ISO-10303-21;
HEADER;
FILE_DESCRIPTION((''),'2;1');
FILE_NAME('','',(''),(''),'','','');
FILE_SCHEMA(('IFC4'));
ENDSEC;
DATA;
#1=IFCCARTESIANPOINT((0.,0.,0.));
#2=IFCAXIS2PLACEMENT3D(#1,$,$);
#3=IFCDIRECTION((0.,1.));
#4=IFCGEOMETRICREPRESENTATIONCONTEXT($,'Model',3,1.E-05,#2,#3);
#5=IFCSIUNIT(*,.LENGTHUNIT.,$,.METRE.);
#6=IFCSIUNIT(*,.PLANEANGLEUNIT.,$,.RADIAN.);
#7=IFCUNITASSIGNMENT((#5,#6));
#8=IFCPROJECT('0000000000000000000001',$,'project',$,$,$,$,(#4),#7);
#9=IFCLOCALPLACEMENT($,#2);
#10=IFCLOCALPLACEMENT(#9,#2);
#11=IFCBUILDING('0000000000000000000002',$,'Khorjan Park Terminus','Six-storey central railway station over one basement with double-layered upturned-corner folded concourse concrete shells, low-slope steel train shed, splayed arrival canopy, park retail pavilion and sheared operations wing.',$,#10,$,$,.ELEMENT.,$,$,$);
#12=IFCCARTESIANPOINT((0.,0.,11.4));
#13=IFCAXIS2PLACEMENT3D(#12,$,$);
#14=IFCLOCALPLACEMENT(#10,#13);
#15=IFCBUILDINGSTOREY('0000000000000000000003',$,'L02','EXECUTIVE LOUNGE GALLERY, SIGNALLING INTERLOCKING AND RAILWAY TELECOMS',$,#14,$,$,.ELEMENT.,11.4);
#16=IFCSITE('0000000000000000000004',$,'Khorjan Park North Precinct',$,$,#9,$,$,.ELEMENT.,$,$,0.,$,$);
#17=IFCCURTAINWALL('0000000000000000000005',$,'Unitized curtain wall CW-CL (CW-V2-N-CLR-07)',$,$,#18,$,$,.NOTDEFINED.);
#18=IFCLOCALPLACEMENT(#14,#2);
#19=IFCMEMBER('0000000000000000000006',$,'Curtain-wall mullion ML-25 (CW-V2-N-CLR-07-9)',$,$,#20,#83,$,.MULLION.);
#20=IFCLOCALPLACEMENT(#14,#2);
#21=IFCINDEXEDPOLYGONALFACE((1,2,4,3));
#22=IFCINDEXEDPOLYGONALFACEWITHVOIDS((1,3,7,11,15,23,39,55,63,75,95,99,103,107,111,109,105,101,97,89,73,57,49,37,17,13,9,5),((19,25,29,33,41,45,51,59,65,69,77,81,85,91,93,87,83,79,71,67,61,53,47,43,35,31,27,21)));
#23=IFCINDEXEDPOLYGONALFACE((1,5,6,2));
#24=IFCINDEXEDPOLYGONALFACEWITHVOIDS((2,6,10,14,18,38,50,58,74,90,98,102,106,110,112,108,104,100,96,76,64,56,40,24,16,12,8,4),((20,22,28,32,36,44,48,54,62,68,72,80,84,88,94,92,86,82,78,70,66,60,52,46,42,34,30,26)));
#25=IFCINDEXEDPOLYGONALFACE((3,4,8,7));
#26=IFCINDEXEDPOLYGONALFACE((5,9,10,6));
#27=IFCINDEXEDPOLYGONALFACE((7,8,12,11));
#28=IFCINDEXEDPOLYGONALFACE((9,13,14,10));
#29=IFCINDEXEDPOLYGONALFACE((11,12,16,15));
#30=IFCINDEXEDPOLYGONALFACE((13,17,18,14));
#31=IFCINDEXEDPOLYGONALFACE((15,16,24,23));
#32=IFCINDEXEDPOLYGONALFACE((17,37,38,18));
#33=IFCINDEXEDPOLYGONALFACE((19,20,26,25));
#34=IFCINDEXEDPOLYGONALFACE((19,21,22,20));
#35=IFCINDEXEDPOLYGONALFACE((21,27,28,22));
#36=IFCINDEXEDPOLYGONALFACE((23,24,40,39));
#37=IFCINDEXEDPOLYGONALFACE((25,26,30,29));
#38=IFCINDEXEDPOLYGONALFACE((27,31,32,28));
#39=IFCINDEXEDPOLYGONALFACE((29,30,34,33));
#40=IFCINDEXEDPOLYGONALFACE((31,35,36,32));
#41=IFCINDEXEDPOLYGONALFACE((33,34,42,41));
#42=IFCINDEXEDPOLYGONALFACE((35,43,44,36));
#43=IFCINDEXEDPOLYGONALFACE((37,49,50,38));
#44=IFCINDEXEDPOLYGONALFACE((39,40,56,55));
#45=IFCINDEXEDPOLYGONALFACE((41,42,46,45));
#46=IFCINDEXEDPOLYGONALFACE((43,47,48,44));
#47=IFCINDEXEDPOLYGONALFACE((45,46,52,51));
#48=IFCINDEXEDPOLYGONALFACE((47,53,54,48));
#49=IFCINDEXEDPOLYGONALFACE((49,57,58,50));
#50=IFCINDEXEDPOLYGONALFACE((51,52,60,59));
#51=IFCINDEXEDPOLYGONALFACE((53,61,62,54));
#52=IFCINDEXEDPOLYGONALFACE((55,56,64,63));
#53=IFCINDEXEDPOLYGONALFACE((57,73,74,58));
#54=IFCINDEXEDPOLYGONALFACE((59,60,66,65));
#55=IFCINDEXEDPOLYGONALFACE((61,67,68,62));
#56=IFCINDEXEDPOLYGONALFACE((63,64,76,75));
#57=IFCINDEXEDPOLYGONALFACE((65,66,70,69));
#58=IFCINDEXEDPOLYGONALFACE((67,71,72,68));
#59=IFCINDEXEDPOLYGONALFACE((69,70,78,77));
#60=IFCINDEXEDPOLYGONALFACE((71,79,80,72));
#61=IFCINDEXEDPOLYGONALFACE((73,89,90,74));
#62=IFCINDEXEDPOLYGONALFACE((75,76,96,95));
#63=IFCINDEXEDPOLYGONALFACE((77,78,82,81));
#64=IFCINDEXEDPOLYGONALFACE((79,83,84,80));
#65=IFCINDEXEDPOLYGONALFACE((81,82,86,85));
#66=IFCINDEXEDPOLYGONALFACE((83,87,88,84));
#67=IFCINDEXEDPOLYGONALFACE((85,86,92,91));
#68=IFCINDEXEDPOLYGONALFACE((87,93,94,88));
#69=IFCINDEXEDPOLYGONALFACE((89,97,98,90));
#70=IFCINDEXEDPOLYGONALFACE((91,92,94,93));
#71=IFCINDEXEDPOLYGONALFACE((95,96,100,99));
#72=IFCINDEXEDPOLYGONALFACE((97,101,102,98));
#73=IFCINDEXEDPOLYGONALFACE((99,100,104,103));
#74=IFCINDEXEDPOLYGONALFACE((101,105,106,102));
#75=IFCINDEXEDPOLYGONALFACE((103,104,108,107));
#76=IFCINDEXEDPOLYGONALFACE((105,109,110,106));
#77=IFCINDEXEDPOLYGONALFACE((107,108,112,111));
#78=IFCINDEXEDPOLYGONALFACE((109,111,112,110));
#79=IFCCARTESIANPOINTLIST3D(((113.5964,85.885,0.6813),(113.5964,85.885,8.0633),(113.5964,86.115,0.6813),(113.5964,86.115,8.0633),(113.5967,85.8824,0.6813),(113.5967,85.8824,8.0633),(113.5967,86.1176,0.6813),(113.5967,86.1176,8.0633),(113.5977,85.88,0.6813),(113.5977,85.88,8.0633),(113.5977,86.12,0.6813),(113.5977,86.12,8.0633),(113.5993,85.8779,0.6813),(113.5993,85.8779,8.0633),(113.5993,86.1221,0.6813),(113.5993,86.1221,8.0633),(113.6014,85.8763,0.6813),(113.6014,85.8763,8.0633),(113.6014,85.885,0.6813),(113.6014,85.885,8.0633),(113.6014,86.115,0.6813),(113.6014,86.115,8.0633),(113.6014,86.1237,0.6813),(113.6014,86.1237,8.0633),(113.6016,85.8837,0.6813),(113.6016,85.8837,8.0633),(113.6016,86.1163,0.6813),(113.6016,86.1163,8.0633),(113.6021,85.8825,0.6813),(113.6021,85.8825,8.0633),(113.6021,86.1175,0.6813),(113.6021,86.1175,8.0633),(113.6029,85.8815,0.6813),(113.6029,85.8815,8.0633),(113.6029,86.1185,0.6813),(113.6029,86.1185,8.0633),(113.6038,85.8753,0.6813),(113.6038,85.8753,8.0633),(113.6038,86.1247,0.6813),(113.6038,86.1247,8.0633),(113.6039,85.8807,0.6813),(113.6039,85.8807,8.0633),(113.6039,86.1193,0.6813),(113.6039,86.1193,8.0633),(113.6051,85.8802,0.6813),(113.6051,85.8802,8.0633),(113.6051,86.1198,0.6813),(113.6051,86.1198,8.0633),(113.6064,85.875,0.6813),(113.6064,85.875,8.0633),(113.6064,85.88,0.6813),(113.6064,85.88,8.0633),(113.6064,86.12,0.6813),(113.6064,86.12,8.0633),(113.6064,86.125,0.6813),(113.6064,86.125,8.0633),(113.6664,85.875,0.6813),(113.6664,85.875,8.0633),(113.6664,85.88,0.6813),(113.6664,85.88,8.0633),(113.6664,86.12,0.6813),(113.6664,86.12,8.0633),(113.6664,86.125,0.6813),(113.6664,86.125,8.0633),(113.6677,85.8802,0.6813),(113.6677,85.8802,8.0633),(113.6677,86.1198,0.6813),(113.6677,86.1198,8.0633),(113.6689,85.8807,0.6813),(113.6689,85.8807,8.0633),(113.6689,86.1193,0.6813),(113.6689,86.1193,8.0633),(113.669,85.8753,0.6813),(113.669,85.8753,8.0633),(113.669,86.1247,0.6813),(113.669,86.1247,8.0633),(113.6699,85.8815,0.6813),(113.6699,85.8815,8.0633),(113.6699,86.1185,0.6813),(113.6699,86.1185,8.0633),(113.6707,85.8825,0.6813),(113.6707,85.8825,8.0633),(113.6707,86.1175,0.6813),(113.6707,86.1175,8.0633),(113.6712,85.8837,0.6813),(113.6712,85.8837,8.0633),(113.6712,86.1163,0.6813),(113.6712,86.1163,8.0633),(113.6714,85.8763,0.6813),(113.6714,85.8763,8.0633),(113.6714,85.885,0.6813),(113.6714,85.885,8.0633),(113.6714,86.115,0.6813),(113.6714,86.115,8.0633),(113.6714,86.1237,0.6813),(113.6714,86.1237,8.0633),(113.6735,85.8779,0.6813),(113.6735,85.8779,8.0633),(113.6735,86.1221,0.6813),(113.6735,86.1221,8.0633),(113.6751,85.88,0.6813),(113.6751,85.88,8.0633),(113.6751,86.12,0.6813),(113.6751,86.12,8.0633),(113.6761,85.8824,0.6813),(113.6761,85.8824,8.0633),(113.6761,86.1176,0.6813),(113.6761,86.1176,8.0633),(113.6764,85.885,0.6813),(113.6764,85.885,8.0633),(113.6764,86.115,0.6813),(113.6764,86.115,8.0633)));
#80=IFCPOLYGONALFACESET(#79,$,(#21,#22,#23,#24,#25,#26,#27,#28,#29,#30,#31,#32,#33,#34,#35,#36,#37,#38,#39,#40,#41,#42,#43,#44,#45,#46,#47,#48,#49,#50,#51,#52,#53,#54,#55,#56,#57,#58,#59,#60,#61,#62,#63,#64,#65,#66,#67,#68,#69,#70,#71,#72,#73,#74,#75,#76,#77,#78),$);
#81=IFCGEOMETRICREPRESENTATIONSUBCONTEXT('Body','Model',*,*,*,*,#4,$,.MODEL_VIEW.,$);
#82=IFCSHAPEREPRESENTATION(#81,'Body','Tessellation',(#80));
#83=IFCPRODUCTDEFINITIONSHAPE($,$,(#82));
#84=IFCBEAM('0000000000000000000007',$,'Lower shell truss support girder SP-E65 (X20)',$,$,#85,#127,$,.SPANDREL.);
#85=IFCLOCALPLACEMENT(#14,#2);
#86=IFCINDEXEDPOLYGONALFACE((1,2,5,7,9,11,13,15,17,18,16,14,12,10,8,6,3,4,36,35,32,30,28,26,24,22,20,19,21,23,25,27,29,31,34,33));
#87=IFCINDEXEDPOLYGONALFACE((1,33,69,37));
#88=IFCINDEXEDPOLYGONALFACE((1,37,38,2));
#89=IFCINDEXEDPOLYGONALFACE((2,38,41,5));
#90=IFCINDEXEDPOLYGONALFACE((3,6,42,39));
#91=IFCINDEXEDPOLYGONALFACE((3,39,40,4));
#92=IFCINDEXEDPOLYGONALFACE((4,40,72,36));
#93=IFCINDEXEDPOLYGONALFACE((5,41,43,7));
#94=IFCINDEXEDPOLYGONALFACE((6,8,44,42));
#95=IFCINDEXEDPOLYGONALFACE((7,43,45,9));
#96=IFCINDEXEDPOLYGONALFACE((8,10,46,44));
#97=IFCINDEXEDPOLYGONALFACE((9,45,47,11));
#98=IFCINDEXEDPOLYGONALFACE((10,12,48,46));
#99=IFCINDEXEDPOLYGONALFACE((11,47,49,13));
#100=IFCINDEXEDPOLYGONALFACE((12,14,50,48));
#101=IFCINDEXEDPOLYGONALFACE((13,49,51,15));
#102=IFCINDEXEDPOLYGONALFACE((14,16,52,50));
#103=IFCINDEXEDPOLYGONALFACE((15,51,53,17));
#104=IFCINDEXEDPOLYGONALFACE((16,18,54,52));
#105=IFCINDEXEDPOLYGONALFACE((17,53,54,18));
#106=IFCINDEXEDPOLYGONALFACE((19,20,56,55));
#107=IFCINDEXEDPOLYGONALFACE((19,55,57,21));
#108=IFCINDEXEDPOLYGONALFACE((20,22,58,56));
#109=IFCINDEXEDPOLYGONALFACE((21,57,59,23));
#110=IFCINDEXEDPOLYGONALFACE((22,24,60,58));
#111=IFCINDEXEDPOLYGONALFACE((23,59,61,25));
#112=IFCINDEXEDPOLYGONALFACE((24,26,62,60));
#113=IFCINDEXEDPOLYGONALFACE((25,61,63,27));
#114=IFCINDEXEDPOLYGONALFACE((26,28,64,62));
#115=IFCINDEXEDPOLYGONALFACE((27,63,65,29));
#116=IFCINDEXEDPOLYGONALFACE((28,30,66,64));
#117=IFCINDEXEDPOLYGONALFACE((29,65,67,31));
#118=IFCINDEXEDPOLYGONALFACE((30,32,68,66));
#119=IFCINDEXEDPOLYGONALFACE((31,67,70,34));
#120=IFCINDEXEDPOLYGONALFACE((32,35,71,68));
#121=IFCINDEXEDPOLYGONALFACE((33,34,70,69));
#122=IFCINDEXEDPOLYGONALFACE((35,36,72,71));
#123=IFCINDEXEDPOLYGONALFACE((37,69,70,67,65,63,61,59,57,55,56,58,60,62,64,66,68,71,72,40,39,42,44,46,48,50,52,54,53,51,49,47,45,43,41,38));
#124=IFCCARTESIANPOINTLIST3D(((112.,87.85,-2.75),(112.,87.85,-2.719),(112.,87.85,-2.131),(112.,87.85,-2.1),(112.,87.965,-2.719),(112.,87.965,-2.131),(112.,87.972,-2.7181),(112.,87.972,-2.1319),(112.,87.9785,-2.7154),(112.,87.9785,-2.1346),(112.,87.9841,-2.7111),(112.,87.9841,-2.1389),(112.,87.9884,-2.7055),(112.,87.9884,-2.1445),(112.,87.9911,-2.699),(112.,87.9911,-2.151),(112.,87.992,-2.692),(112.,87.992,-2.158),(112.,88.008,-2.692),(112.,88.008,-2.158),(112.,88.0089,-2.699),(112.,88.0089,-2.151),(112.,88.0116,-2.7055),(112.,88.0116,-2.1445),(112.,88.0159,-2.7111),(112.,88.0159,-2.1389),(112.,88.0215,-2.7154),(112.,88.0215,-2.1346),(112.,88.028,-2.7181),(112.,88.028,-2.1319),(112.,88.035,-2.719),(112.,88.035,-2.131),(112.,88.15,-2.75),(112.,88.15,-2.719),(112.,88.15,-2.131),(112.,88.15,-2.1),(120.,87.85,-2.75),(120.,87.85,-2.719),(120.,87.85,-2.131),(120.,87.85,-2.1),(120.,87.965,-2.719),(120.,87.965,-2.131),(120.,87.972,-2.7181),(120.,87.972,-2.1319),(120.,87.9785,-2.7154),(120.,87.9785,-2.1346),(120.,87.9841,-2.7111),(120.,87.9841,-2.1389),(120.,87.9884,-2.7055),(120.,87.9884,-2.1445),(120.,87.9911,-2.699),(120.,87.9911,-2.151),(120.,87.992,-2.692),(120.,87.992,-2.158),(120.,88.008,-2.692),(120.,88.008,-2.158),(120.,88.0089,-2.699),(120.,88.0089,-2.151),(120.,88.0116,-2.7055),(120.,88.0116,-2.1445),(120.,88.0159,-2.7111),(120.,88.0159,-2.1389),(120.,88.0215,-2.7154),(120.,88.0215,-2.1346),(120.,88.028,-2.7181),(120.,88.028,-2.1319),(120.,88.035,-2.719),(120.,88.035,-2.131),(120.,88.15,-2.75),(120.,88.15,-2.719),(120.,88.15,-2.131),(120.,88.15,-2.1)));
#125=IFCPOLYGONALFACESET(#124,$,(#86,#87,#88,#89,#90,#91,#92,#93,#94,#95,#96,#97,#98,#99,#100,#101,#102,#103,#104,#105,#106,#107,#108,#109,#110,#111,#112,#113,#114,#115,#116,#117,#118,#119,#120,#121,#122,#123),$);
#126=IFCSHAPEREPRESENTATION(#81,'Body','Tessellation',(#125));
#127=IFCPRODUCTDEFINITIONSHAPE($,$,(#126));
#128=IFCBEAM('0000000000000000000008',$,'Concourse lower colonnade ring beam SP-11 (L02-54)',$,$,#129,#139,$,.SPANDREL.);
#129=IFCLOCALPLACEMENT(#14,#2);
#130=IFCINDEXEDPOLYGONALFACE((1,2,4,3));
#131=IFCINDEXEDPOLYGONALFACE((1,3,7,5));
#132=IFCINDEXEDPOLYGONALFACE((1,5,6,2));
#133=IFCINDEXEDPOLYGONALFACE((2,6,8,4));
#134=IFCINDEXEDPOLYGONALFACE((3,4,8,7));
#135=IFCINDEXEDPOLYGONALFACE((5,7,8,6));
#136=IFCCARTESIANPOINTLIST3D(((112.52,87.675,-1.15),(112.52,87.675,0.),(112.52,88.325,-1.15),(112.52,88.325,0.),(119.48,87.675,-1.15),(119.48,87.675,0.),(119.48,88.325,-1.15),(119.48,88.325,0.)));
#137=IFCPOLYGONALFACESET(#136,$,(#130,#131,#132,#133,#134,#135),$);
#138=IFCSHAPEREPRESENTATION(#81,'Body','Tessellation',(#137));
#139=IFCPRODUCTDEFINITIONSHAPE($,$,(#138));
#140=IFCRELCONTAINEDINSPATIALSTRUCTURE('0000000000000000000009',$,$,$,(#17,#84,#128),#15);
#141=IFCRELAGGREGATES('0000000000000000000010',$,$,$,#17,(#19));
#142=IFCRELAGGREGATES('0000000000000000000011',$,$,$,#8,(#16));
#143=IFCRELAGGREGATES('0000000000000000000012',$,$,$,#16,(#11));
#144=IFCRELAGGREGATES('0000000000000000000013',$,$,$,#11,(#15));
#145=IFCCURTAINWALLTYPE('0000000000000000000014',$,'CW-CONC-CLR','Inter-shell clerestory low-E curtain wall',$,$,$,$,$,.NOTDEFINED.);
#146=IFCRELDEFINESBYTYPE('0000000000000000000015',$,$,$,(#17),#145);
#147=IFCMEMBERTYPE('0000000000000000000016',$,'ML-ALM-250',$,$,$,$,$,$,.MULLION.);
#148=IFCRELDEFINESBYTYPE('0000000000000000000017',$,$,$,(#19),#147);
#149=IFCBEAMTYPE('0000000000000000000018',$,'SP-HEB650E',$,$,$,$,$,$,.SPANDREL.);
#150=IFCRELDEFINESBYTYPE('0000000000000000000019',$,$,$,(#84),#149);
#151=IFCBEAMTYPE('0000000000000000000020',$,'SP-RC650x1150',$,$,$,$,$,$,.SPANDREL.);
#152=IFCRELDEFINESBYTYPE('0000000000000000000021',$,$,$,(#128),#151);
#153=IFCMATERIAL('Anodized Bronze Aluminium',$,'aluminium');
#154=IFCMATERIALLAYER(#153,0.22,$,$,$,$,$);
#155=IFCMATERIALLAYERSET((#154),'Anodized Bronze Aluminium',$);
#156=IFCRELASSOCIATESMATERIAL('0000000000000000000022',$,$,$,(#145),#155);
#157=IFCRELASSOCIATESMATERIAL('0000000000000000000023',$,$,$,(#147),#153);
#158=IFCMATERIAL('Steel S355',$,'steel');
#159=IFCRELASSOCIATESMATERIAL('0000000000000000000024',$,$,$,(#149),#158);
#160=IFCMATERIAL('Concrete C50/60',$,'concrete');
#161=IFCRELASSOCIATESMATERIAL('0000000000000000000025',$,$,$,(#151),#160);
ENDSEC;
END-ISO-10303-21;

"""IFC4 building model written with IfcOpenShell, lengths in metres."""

from ifc_helpers import new_model, si_unit, direction, frame, origin, origin_2d, place, context, subcontext, project, spatial, rectangle, hollow_rectangle, i_section, extrude, material, layer, layer_set, material_profile, profile_set, type_object, element, aggregate, save


model = new_model("IFC4")

# Units and contexts
model_context = context("Model", 3, precision=1e-05, world=origin(), true_north=direction((0.0, 1.0)))
body_context = subcontext(model_context, "Body", "Model", "MODEL_VIEW")
ifc_project = project(units=[si_unit("LENGTHUNIT", "METRE"), si_unit("PLANEANGLEUNIT", "RADIAN")], contexts=[model_context])

# Site, building, storey
site_placement = place(None, origin())
site = spatial("IfcSite", under=ifc_project, at=site_placement, Name="Khorjan Park North Precinct", CompositionType="ELEMENT", RefElevation=0.0)
building_placement = place(site_placement, origin())
building = spatial("IfcBuilding", under=site, at=building_placement, Name="Khorjan Park Terminus", Description="Six-storey central railway station over one basement with double-layered upturned-corner folded concourse concrete shells, low-slope steel train shed, splayed arrival canopy, park retail pavilion and sheared operations wing.", CompositionType="ELEMENT")
storey_placement = place(building_placement, frame((0.0, 0.0, 11.4)))
storey = spatial("IfcBuildingStorey", under=building, at=storey_placement, Name="L02", Description="EXECUTIVE LOUNGE GALLERY, SIGNALLING INTERLOCKING AND RAILWAY TELECOMS", CompositionType="ELEMENT", Elevation=11.4)

# Shared definitions
ifc_material_1 = material(Name="Steel S355", Category="steel")

# Curtain wall, member
ifc_material_2 = material(Name="Anodized Bronze Aluminium", Category="aluminium")
ifc_layer_1 = layer(ifc_material_2, 0.22)
ifc_layer_set_1 = layer_set([ifc_layer_1], Name="Anodized Bronze Aluminium")
curtain_wall_type = type_object("IfcCurtainWallType", Name="CW-CONC-CLR", Description="Inter-shell clerestory low-E curtain wall", PredefinedType="NOTDEFINED", material=ifc_layer_set_1)
curtain_wall_placement = place(storey_placement, origin())
curtain_wall = element("IfcCurtainWall", 1, at=curtain_wall_placement, inside=storey, type_object=curtain_wall_type, Name="Unitized curtain wall CW-CL (CW-V2-N-CLR-07)", PredefinedType="NOTDEFINED")
ifc_material_profile_1 = material_profile(ifc_material_2, hollow_rectangle(XDim=0.08, YDim=0.25, WallThickness=0.005, InnerFilletRadius=0.005, OuterFilletRadius=0.01, at=origin_2d()), Name="ALM 80x250x5")
ifc_profile_set_1 = profile_set([ifc_material_profile_1], Name="Anodized Bronze Aluminium")
member_type_1 = type_object("IfcMemberType", Name="ML-ALM-250", PredefinedType="MULLION", material=ifc_profile_set_1)
member_1_placement = place(storey_placement, frame((113.6364, 86.0, 0.6813), z_axis=(0.0, 0.0, 1.0), x_axis=(-1.0, 0.0, 0.0)))
member_1 = element("IfcMember", 2, at=member_1_placement, type_object=member_type_1, Name="Curtain-wall mullion ML-25 (CW-V2-N-CLR-07-9)", PredefinedType="MULLION", context=body_context, shape_type="SweptSolid", body=[
    extrude(hollow_rectangle(XDim=0.08, YDim=0.25, WallThickness=0.005, InnerFilletRadius=0.005, OuterFilletRadius=0.01, at=origin_2d()), origin(), (0.0, 0.0, 1.0), 7.382),
])

# Beams
ifc_material_profile_2 = material_profile(ifc_material_1, i_section(OverallWidth=0.3, OverallDepth=0.65, WebThickness=0.016, FlangeThickness=0.031, FilletRadius=0.027, at=origin_2d()), Name="HEB 650")
ifc_profile_set_2 = profile_set([ifc_material_profile_2], Name="Steel S355")
beam_type_1 = type_object("IfcBeamType", Name="SP-HEB650E", PredefinedType="SPANDREL", material=ifc_profile_set_2)
beam_1_placement = place(storey_placement, frame((112.0, 88.0, -2.425), z_axis=(1.0, 0.0, 0.0), x_axis=(0.0, 1.0, 0.0)))
element("IfcBeam", 3, at=beam_1_placement, inside=storey, type_object=beam_type_1, Name="Lower shell truss support girder SP-E65 (X20)", PredefinedType="SPANDREL", context=body_context, shape_type="SweptSolid", body=[
    extrude(i_section(OverallWidth=0.3, OverallDepth=0.65, WebThickness=0.016, FlangeThickness=0.031, FilletRadius=0.027, at=origin_2d()), origin(), (0.0, 0.0, 1.0), 8.0),
])
ifc_material_3 = material(Name="Concrete C50/60", Category="concrete")
ifc_material_profile_3 = material_profile(ifc_material_3, rectangle(XDim=0.65, YDim=1.15, at=origin_2d()), Name="RC 650x1150")
ifc_profile_set_3 = profile_set([ifc_material_profile_3], Name="Concrete C50/60")
beam_type_2 = type_object("IfcBeamType", Name="SP-RC650x1150", PredefinedType="SPANDREL", material=ifc_profile_set_3)
beam_2_placement = place(storey_placement, frame((112.52, 88.0, -0.575), z_axis=(1.0, 0.0, 0.0), x_axis=(0.0, 1.0, 0.0)))
element("IfcBeam", 4, at=beam_2_placement, inside=storey, type_object=beam_type_2, Name="Concourse lower colonnade ring beam SP-11 (L02-54)", PredefinedType="SPANDREL", context=body_context, shape_type="SweptSolid", body=[
    extrude(rectangle(XDim=0.65, YDim=1.15, at=origin_2d()), origin(), (0.0, 0.0, 1.0), 6.96),
])

aggregate(curtain_wall, [member_1])

save(model, "model.ifc")
